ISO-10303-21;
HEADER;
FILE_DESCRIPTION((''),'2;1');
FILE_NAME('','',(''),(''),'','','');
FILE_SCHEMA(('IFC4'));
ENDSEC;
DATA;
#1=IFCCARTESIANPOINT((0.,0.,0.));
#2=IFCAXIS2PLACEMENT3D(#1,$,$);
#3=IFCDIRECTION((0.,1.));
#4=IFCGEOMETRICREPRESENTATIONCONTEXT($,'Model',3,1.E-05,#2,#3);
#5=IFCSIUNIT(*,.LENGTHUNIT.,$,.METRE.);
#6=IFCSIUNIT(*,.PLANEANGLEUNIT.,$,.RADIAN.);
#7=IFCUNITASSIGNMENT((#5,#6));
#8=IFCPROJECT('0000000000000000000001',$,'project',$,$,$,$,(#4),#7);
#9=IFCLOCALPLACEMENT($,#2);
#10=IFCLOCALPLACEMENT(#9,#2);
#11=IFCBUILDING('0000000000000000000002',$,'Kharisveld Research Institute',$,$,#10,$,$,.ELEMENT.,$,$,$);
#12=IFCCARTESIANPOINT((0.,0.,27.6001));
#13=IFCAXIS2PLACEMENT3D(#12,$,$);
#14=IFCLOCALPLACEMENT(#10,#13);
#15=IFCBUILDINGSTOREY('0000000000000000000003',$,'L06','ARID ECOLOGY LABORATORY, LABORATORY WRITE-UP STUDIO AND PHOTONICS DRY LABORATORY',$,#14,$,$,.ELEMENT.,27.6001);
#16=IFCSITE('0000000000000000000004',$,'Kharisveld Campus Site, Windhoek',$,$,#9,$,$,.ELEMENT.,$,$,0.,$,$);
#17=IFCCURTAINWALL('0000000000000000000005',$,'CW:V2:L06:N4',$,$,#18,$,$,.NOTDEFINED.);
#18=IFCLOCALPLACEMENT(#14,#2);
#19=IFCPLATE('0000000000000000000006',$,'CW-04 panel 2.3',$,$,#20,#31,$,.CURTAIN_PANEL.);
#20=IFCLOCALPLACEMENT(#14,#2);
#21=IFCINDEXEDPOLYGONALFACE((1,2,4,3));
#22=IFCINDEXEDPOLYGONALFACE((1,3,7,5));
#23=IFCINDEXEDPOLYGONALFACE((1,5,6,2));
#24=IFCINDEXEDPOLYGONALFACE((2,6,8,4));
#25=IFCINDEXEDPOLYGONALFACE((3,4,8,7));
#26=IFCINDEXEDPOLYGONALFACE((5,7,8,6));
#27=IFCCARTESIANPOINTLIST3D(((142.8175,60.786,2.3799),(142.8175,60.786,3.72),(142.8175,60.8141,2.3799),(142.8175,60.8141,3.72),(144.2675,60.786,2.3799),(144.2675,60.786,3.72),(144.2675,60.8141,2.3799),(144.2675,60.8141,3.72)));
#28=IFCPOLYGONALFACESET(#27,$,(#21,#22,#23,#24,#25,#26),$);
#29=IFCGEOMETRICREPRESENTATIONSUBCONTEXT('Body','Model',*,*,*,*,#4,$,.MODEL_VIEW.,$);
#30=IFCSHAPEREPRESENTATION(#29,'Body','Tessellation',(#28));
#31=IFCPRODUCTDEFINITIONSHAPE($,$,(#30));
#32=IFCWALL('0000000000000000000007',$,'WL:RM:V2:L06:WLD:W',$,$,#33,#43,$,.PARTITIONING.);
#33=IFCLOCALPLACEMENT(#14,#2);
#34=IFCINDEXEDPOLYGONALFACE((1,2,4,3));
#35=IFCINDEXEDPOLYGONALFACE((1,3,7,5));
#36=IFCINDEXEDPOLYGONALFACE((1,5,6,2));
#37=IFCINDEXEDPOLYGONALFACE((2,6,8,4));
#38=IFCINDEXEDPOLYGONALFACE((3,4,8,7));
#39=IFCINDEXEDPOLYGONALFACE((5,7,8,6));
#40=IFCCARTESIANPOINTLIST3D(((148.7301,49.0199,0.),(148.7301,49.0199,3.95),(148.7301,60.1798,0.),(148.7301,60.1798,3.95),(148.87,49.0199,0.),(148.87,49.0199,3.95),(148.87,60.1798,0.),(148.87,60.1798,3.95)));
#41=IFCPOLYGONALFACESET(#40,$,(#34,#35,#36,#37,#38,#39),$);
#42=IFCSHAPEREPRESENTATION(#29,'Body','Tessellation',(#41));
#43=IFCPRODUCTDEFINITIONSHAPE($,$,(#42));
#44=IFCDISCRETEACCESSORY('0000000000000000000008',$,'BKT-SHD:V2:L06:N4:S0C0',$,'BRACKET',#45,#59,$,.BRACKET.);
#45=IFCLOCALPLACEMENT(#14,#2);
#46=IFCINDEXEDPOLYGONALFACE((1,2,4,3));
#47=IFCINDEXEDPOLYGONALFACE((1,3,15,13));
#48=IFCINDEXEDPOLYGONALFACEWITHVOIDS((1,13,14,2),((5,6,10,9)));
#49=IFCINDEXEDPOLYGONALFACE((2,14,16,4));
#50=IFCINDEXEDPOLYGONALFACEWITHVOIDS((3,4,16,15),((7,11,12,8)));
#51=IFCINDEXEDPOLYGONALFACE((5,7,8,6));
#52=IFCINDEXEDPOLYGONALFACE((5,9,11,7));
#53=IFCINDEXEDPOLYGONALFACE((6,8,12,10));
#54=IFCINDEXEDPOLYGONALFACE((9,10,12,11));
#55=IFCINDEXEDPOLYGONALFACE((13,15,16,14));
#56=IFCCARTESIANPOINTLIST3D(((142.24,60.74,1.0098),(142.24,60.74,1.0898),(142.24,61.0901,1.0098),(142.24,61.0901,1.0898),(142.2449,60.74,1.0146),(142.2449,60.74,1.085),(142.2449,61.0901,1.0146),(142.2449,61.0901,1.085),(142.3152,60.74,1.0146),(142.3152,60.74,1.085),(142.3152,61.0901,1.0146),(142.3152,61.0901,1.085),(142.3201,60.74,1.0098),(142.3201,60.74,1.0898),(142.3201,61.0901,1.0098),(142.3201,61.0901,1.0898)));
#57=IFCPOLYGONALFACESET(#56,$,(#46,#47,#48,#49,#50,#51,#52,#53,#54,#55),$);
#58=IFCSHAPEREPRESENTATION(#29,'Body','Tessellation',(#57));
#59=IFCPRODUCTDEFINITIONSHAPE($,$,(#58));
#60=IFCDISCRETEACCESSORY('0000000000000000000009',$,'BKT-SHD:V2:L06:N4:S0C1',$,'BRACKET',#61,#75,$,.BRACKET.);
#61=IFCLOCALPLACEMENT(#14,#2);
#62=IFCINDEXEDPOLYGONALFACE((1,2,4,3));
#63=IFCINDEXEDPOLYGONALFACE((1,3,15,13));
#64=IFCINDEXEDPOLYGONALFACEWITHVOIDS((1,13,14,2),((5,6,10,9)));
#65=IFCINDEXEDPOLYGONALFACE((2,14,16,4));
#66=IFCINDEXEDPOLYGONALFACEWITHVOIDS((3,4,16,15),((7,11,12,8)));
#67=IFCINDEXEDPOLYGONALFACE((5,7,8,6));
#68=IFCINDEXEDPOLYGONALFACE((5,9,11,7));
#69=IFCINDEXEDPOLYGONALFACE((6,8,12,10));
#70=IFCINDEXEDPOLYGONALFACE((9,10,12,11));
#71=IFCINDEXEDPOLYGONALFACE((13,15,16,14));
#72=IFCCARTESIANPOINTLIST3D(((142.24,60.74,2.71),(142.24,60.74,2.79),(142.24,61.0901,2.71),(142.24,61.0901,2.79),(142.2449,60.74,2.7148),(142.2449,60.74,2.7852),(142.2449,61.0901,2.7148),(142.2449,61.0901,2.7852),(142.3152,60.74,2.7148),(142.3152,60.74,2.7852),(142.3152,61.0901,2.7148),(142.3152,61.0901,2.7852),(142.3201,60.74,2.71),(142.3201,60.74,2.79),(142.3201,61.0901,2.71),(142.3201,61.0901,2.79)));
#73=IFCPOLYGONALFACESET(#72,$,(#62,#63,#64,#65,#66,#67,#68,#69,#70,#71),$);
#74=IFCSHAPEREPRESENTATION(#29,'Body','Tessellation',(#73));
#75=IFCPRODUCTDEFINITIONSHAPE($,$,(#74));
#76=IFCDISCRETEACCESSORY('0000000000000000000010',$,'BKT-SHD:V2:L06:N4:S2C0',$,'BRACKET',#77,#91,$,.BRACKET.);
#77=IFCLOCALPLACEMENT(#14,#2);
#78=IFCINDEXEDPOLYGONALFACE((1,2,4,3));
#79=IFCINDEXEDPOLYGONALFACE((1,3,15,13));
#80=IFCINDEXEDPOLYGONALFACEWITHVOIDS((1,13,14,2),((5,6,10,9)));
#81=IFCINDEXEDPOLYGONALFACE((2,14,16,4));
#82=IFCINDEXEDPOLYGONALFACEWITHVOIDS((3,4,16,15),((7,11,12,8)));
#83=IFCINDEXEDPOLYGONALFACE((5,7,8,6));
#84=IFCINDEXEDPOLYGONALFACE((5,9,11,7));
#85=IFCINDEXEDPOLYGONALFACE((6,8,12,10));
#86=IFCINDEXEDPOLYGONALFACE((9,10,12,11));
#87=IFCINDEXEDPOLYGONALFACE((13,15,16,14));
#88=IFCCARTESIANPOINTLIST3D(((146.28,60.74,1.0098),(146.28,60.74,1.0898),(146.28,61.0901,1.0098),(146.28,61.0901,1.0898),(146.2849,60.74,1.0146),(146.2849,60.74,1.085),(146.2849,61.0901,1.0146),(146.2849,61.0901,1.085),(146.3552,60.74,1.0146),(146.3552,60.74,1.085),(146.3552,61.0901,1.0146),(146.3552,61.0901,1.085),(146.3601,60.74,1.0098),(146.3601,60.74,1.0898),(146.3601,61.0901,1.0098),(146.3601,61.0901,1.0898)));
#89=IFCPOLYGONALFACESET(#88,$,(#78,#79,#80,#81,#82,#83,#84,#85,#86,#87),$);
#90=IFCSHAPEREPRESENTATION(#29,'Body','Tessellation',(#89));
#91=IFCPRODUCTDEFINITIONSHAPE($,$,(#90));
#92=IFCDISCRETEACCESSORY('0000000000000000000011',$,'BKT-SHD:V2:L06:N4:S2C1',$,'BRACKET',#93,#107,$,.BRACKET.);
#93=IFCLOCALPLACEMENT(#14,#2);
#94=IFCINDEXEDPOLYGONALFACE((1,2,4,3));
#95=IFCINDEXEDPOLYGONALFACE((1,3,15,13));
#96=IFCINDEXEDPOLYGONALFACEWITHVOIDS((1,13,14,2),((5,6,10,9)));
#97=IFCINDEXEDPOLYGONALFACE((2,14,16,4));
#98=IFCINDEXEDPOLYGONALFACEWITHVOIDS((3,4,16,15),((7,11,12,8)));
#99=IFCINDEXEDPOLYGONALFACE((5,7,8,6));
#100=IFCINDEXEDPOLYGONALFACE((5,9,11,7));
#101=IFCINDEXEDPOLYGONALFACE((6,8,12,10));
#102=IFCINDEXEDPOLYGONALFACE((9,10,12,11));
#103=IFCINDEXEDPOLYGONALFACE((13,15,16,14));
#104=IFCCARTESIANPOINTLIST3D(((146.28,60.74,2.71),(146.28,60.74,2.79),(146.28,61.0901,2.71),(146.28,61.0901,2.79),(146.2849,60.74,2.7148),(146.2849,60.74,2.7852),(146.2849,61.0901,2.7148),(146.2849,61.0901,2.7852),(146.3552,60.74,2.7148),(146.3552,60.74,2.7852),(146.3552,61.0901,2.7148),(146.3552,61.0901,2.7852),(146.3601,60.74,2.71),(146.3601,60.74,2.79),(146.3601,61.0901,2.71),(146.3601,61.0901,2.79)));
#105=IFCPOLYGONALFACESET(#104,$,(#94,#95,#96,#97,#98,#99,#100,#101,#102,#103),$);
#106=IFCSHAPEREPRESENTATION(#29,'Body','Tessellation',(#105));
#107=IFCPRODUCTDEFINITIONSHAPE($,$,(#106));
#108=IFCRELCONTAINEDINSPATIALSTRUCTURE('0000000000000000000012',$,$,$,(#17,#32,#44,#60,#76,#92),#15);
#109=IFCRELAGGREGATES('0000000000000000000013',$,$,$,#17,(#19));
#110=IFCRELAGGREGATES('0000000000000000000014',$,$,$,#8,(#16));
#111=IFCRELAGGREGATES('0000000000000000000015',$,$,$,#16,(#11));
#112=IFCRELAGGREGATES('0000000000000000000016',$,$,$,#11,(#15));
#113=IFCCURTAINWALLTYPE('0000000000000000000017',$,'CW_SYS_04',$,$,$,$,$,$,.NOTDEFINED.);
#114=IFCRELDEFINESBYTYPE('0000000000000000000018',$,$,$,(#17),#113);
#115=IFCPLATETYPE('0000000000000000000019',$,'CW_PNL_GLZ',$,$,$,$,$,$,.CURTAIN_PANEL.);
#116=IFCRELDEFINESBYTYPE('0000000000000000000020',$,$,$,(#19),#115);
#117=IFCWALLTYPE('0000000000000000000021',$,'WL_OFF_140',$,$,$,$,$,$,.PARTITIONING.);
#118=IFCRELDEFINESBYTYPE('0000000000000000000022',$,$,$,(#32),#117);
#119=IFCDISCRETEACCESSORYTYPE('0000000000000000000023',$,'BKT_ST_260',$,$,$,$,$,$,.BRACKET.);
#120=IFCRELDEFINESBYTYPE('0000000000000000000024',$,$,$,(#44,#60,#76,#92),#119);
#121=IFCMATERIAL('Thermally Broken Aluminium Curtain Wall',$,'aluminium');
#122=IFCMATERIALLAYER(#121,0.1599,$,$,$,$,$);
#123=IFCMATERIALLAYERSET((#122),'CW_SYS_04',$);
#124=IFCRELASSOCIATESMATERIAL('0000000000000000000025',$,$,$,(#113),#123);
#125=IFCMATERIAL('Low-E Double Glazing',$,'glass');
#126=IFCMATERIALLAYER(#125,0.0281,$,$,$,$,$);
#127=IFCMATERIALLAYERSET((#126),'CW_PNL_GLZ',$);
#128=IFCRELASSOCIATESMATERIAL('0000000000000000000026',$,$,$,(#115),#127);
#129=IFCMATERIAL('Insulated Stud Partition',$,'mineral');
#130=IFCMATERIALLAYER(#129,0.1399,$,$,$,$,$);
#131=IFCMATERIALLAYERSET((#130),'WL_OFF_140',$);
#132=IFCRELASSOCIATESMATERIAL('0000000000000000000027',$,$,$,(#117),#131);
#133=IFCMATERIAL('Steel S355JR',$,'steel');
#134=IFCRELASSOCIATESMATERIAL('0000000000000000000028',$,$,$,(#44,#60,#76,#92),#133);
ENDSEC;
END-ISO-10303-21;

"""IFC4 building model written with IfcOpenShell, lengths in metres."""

from ifc_helpers import new_model, si_unit, direction, frame, frame_2d, origin, origin_2d, place, context, subcontext, project, spatial, rectangle, hollow_rectangle, extrude, material, layer, layer_set, type_object, element, aggregate, save


model = new_model("IFC4")

# Units and contexts
model_context = context("Model", 3, precision=1e-05, world=origin(), true_north=direction((0.0, 1.0)))
body_context = subcontext(model_context, "Body", "Model", "MODEL_VIEW")
ifc_project = project(units=[si_unit("LENGTHUNIT", "METRE"), si_unit("PLANEANGLEUNIT", "RADIAN")], contexts=[model_context])

# Site, building, storey
site_placement = place(None, origin())
site = spatial("IfcSite", under=ifc_project, at=site_placement, Name="Kharisveld Campus Site, Windhoek", CompositionType="ELEMENT", RefElevation=0.0)
building_placement = place(site_placement, origin())
building = spatial("IfcBuilding", under=site, at=building_placement, Name="Kharisveld Research Institute", CompositionType="ELEMENT")
storey_placement = place(building_placement, frame((0.0, 0.0, 27.6001)))
storey = spatial("IfcBuildingStorey", under=building, at=storey_placement, Name="L06", Description="ARID ECOLOGY LABORATORY, LABORATORY WRITE-UP STUDIO AND PHOTONICS DRY LABORATORY", CompositionType="ELEMENT", Elevation=27.6001)

# Curtain wall
ifc_material_1 = material(Name="Thermally Broken Aluminium Curtain Wall", Category="aluminium")
ifc_layer_1 = layer(ifc_material_1, 0.1599)
ifc_layer_set_1 = layer_set([ifc_layer_1], Name="CW_SYS_04")
curtain_wall_type = type_object("IfcCurtainWallType", Name="CW_SYS_04", PredefinedType="NOTDEFINED", material=ifc_layer_set_1)
curtain_wall_placement = place(storey_placement, origin())
curtain_wall = element("IfcCurtainWall", 1, at=curtain_wall_placement, inside=storey, type_object=curtain_wall_type, Name="CW:V2:L06:N4", PredefinedType="NOTDEFINED")

# Plate
ifc_material_2 = material(Name="Low-E Double Glazing", Category="glass")
ifc_layer_2 = layer(ifc_material_2, 0.0281)
ifc_layer_set_2 = layer_set([ifc_layer_2], Name="CW_PNL_GLZ")
plate_type = type_object("IfcPlateType", Name="CW_PNL_GLZ", PredefinedType="CURTAIN_PANEL", material=ifc_layer_set_2)
plate_1_placement = place(storey_placement, frame((143.5425, 60.8, 2.3799), z_axis=(0.0, 0.0, 1.0), x_axis=(1.0, 0.0, 0.0)))
plate_1 = element("IfcPlate", 2, at=plate_1_placement, type_object=plate_type, Name="CW-04 panel 2.3", PredefinedType="CURTAIN_PANEL", context=body_context, shape_type="SweptSolid", body=[
    extrude(rectangle(XDim=1.45, YDim=0.0281, at=origin_2d()), origin(), (0.0, 0.0, 1.0), 1.3401),
])
aggregate(curtain_wall, [plate_1])

# Wall
ifc_material_3 = material(Name="Insulated Stud Partition", Category="mineral")
ifc_layer_3 = layer(ifc_material_3, 0.1399)
ifc_layer_set_3 = layer_set([ifc_layer_3], Name="WL_OFF_140")
wall_type = type_object("IfcWallType", Name="WL_OFF_140", PredefinedType="PARTITIONING", material=ifc_layer_set_3)
wall_placement = place(storey_placement, frame((148.8, 60.1799, 0.0), z_axis=(0.0, 0.0, 1.0), x_axis=(0.0, -1.0, 0.0)))
element("IfcWall", 3, at=wall_placement, inside=storey, type_object=wall_type, Name="WL:RM:V2:L06:WLD:W", PredefinedType="PARTITIONING", context=body_context, shape_type="SweptSolid", body=[
    extrude(rectangle(XDim=11.1599, YDim=0.1399, at=frame_2d((5.5801, 0.0))), origin(), (0.0, 0.0, 1.0), 3.95),
])

# Discrete accessories
ifc_material_4 = material(Name="Steel S355JR", Category="steel")
discrete_accessory_type = type_object("IfcDiscreteAccessoryType", Name="BKT_ST_260", PredefinedType="BRACKET")
for number, where, z_axis, x_axis, name in (
    (4, (142.28, 60.74, 1.0498), (0.0, 1.0, 0.0), (-1.0, 0.0, 0.0), "BKT-SHD:V2:L06:N4:S0C0"),
    (5, (142.28, 60.74, 2.75), (0.0, 1.0, 0.0), (-1.0, 0.0, 0.0), "BKT-SHD:V2:L06:N4:S0C1"),
    (6, (146.3201, 60.74, 1.0498), (0.0, 1.0, 0.0), (-1.0, 0.0, 0.0), "BKT-SHD:V2:L06:N4:S2C0"),
    (7, (146.3201, 60.74, 2.75), (0.0, 1.0, 0.0), (-1.0, 0.0, 0.0), "BKT-SHD:V2:L06:N4:S2C1"),
):
    element("IfcDiscreteAccessory", number, at=place(storey_placement, frame(where, z_axis=z_axis, x_axis=x_axis)), inside=storey, type_object=discrete_accessory_type, material=ifc_material_4, Name=name, ObjectType="BRACKET", PredefinedType="BRACKET", context=body_context, shape_type="SweptSolid", body=[
        extrude(hollow_rectangle(XDim=0.0801, YDim=0.0801, WallThickness=0.0049, at=origin_2d()), origin(), (0.0, 0.0, 1.0), 0.3501),
    ])

save(model, "model.ifc")
